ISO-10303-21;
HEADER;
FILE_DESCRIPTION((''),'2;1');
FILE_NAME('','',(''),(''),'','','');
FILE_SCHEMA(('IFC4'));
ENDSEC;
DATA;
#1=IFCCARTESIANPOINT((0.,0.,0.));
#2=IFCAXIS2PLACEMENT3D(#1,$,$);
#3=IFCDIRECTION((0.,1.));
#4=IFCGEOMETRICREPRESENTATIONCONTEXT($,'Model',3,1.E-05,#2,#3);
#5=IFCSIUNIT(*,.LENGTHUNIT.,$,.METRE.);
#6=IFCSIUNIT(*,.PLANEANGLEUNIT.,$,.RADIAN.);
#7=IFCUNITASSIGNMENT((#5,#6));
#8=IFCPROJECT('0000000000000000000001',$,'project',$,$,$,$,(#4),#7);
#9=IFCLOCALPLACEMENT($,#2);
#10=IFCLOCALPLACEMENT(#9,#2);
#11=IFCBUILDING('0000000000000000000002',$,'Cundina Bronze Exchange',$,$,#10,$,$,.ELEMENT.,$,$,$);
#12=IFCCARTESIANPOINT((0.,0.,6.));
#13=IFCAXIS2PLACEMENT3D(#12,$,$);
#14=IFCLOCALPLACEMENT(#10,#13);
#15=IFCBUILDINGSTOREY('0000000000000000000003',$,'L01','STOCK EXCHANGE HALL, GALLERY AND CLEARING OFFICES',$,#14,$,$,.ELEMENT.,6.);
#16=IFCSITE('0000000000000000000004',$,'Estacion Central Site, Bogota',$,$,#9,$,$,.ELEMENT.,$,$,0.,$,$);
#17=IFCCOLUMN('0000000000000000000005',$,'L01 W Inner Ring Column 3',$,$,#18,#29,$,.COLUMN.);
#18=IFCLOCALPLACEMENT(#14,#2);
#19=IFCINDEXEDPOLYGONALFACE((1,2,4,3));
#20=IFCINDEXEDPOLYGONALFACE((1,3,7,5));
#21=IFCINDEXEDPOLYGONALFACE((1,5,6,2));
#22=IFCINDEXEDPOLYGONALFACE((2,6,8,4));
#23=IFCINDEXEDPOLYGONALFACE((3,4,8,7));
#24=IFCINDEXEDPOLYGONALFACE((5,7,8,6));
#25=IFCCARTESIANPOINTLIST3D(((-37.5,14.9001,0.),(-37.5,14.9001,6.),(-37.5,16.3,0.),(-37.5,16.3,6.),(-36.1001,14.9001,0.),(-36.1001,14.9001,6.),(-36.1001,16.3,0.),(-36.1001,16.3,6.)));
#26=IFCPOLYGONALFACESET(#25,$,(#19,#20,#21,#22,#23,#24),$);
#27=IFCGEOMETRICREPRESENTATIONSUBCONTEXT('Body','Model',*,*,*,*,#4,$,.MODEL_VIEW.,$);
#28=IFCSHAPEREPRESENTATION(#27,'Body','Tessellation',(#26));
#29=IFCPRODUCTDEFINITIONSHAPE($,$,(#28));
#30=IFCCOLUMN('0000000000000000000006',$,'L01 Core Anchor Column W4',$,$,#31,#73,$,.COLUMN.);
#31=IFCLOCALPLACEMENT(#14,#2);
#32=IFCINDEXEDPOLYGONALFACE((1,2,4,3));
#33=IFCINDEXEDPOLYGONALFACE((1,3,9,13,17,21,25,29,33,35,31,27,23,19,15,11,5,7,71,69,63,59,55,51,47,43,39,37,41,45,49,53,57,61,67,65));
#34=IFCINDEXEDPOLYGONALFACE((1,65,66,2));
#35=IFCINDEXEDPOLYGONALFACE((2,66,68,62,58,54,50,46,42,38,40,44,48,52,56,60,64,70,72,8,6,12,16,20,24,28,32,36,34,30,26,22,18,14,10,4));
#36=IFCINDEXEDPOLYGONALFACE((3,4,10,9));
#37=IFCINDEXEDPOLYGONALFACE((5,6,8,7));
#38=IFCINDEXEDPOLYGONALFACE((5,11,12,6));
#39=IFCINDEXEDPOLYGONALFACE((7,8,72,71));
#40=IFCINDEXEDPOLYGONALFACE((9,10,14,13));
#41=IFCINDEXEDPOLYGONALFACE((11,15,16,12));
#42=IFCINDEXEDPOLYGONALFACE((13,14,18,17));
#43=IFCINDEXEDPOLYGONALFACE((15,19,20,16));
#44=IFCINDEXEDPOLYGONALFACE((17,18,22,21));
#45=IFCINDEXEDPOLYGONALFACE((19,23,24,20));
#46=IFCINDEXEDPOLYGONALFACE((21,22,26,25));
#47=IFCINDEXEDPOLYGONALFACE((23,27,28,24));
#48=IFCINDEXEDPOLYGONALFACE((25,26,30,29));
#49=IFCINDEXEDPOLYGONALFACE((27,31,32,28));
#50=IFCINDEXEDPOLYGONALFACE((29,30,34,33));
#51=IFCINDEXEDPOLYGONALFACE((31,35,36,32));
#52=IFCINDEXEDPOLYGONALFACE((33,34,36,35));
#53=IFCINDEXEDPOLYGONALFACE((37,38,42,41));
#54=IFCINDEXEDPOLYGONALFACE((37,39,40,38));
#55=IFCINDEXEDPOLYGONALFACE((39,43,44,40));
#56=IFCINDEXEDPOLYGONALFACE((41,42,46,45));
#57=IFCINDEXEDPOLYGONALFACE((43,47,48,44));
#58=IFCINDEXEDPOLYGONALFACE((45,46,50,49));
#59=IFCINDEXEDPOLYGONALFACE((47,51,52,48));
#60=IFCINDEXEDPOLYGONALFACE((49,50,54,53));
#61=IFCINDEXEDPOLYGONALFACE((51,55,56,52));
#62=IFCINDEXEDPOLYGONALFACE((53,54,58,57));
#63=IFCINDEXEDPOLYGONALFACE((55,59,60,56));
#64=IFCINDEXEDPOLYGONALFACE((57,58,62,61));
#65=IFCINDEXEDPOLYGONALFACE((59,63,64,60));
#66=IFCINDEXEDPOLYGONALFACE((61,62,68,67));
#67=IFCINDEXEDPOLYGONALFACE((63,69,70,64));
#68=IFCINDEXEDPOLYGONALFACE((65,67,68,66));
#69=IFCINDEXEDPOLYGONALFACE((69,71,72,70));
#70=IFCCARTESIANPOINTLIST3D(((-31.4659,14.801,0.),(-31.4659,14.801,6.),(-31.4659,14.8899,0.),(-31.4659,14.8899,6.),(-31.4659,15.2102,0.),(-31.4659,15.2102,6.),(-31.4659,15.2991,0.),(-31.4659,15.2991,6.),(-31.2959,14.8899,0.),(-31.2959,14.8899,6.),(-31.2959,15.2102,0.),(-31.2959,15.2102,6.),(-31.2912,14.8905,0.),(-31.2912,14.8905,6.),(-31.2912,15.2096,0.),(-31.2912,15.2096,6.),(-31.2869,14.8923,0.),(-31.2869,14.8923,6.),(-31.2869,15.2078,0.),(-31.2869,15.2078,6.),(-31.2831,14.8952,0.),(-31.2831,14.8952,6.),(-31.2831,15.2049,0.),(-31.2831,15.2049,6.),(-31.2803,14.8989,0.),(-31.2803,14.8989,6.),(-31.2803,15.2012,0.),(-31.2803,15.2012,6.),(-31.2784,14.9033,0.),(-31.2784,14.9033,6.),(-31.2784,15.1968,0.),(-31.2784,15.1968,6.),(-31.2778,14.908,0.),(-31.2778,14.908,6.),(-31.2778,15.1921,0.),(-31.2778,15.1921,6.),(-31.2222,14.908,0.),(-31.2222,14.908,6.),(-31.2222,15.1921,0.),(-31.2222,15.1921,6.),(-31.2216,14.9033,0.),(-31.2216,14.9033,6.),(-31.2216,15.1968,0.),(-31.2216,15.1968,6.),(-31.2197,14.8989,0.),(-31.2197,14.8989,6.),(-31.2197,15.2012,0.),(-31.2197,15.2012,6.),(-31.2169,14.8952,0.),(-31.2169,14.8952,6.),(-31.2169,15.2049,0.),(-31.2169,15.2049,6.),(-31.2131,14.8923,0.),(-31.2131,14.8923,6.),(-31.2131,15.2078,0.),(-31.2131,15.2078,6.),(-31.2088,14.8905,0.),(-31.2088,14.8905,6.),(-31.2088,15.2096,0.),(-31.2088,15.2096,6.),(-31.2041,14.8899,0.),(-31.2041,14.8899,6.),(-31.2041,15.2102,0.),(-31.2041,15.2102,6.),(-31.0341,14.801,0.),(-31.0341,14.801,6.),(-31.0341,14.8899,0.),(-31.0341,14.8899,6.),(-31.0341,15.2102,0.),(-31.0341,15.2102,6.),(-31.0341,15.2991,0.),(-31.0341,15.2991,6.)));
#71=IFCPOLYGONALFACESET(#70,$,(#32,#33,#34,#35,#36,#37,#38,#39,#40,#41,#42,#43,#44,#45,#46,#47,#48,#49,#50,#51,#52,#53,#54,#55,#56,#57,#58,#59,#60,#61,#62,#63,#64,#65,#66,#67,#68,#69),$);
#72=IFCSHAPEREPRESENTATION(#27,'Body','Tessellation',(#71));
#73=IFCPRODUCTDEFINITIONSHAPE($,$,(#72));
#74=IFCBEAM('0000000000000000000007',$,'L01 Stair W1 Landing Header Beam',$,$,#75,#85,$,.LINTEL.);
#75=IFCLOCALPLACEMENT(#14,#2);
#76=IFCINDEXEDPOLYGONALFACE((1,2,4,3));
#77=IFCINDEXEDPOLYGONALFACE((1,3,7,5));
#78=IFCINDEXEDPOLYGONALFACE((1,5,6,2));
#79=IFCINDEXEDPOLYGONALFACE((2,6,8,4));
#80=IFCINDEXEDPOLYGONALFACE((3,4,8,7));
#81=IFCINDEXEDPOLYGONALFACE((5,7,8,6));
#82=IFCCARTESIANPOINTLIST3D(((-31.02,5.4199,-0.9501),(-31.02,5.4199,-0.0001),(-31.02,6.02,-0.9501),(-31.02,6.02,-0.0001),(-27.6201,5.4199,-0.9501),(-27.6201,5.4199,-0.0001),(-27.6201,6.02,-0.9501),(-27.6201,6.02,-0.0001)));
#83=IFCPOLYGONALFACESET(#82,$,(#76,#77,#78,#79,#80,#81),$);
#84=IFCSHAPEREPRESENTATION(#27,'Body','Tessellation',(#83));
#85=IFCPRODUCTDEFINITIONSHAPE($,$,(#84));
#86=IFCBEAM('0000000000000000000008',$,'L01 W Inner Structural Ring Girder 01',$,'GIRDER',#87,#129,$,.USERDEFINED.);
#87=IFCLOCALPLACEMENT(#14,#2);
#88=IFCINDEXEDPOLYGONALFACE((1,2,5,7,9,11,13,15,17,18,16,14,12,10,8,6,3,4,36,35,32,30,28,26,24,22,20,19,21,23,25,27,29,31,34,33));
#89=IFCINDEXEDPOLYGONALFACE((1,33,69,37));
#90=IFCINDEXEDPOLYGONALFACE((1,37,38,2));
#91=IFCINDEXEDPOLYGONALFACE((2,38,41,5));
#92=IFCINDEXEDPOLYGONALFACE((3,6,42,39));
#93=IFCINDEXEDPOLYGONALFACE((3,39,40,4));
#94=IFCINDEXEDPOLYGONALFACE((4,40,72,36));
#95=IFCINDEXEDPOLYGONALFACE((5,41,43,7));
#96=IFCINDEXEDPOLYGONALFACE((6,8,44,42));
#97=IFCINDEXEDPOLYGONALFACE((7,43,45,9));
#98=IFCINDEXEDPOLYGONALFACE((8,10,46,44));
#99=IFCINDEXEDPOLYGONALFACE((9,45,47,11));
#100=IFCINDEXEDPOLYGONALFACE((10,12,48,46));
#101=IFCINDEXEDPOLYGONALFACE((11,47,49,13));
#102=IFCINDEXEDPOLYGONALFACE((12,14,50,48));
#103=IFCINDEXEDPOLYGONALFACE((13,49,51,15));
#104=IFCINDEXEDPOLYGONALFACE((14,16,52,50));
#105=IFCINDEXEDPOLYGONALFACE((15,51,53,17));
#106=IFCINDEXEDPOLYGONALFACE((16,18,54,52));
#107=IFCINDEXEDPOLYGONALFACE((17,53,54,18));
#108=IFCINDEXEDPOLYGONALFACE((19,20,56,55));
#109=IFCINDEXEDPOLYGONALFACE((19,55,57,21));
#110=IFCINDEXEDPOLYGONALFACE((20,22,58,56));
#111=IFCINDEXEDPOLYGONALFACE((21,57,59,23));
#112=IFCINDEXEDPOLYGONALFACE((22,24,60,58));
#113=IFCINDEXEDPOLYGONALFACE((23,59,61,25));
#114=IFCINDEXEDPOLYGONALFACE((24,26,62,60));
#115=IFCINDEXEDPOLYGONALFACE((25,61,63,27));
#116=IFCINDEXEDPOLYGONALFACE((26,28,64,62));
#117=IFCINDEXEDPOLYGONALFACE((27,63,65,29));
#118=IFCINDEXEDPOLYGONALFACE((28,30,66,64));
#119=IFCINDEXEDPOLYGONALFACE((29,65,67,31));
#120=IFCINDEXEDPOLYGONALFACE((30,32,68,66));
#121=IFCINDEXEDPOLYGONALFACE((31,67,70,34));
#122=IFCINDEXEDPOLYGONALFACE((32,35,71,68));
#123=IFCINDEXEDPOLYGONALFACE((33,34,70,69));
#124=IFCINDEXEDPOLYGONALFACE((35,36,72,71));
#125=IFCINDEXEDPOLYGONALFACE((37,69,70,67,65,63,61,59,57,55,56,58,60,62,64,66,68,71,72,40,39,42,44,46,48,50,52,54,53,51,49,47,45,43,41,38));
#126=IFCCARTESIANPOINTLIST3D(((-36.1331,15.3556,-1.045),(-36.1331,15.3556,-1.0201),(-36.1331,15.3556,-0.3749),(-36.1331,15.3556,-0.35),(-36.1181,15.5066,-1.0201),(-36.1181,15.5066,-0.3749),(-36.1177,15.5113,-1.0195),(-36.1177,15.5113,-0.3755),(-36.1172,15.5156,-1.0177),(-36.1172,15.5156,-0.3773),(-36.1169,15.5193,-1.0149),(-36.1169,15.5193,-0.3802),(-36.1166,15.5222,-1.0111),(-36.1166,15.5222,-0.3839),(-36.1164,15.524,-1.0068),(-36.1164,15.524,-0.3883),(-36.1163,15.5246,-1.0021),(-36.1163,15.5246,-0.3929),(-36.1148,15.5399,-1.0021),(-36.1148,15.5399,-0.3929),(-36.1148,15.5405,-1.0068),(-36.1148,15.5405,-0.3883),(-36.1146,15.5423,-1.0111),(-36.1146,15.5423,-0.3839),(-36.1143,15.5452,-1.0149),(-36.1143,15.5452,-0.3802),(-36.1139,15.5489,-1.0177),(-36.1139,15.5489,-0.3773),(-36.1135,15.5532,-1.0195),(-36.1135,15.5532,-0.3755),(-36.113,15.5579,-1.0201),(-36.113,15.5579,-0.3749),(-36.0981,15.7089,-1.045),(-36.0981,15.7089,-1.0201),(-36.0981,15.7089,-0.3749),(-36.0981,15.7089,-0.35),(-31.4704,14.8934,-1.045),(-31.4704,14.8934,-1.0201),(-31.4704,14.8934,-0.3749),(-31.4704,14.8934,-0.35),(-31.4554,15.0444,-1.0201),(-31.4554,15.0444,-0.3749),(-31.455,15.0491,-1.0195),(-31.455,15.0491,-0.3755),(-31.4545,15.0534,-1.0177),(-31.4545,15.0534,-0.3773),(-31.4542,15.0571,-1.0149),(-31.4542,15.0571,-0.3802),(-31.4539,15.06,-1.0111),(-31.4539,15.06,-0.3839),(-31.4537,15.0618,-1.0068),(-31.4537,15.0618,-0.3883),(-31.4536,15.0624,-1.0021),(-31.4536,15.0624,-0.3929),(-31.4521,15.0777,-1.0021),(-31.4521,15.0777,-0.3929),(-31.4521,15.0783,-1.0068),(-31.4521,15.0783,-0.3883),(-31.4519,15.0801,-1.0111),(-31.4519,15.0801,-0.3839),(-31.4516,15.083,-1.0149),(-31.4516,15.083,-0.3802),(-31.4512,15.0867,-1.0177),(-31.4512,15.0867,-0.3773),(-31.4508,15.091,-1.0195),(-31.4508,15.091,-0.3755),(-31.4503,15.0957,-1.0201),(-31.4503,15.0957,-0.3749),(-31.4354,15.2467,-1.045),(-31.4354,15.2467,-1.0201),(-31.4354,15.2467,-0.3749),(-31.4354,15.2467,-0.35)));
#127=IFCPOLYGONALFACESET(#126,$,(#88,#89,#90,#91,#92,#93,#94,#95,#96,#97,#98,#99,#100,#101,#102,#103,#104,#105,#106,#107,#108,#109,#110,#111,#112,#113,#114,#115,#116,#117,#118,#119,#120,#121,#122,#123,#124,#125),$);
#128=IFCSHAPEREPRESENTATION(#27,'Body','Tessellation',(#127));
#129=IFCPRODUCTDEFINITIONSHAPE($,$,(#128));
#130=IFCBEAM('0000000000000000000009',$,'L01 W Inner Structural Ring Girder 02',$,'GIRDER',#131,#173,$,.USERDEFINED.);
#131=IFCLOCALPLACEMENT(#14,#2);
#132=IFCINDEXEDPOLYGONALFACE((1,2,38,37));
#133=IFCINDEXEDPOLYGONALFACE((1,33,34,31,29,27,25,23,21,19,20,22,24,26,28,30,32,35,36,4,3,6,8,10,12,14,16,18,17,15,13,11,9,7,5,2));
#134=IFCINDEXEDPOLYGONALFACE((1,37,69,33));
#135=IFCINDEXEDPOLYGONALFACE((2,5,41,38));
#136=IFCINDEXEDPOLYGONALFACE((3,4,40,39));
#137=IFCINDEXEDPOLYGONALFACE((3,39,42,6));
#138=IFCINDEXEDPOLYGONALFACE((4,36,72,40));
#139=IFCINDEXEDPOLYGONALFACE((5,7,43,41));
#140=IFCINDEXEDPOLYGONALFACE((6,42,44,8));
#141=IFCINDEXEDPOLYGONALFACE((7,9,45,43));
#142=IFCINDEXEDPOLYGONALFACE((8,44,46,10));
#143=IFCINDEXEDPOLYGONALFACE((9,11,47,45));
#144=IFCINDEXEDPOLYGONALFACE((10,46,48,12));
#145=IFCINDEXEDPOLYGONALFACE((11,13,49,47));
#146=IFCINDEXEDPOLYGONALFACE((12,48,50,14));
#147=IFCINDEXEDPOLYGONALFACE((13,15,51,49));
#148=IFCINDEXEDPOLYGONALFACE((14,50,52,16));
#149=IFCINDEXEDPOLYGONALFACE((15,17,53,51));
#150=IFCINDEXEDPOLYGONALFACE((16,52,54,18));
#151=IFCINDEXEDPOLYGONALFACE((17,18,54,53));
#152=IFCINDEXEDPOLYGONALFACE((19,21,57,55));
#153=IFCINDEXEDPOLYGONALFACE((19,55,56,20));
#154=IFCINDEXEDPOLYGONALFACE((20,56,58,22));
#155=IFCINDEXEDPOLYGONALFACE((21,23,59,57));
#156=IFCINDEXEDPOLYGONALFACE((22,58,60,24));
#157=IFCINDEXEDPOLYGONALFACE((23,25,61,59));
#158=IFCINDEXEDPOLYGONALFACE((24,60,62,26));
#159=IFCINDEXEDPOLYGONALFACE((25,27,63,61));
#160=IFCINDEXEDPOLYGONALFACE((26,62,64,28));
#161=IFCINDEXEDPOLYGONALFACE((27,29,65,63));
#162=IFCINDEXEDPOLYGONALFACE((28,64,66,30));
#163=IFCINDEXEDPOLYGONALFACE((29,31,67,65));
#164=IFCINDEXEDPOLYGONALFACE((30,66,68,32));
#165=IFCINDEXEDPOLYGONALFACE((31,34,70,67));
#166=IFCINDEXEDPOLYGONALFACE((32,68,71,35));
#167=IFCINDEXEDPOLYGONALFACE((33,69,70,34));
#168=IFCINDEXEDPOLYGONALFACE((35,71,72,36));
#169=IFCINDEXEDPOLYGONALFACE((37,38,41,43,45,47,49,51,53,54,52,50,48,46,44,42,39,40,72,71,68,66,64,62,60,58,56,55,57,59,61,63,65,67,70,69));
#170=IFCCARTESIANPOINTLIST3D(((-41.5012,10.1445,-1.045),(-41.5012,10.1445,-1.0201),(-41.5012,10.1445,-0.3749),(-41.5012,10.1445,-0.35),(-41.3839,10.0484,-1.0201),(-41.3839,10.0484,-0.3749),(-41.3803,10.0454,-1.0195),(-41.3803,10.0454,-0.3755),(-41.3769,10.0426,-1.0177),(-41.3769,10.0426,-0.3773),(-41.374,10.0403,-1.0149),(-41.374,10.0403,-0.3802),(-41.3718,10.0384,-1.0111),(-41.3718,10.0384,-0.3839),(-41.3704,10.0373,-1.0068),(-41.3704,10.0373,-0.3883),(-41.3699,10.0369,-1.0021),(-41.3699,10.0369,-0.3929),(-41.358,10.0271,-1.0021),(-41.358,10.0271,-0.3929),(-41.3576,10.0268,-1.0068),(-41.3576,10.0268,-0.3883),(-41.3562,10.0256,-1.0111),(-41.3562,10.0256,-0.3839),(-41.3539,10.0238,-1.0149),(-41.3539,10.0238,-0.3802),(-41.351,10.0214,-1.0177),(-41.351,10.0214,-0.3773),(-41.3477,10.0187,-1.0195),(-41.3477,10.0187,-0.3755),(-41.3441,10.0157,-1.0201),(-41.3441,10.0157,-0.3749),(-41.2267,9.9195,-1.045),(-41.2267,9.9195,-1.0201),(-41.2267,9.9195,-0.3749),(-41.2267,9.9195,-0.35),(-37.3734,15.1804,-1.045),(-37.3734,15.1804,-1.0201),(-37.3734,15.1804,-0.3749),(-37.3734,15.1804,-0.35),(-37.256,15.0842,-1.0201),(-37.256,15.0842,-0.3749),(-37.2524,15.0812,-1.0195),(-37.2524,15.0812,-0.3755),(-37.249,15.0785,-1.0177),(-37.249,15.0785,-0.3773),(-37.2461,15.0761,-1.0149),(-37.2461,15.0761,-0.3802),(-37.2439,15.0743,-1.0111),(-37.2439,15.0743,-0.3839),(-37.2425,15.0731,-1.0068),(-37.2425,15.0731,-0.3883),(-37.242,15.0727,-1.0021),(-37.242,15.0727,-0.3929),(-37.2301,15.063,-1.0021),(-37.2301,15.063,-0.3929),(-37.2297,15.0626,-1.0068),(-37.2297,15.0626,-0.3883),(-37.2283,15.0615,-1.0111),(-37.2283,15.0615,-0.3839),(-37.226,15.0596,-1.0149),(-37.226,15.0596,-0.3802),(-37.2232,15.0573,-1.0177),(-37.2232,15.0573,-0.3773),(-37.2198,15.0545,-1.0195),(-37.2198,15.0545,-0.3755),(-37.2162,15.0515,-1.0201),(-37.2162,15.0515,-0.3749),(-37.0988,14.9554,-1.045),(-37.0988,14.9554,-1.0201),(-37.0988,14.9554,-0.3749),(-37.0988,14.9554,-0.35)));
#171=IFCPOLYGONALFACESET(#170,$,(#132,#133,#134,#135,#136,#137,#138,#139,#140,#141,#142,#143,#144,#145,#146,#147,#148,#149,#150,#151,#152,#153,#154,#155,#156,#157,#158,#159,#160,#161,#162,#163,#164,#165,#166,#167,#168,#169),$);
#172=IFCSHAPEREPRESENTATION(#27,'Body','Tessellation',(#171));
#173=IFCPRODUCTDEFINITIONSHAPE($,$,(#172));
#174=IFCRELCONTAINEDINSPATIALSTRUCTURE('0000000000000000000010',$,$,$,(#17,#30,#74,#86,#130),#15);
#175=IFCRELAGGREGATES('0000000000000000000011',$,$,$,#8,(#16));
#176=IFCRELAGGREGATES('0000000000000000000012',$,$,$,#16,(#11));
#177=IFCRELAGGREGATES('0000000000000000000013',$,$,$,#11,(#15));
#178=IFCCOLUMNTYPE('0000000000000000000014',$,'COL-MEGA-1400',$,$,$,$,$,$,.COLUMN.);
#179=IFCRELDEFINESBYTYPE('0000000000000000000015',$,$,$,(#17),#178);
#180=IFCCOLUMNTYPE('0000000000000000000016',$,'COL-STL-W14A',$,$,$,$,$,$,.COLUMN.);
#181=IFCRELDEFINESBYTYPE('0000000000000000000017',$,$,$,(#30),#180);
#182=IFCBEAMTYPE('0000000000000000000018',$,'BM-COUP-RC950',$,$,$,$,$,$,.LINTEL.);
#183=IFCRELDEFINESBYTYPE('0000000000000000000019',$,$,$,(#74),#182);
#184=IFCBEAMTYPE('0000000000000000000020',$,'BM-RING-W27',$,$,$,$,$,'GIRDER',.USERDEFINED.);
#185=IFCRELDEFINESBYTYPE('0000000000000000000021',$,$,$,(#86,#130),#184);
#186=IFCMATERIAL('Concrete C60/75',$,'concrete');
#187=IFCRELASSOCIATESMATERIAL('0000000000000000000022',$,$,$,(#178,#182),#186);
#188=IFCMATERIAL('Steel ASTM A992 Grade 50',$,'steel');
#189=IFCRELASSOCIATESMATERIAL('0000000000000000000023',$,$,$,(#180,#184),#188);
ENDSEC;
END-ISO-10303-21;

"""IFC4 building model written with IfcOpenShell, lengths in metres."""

from ifc_helpers import new_model, si_unit, direction, frame, origin, origin_2d, place, context, subcontext, project, spatial, rectangle, i_section, extrude, material, material_profile, profile_set, type_object, element, save


model = new_model("IFC4")

# Units and contexts
model_context = context("Model", 3, precision=1e-05, world=origin(), true_north=direction((0.0, 1.0)))
body_context = subcontext(model_context, "Body", "Model", "MODEL_VIEW")
ifc_project = project(units=[si_unit("LENGTHUNIT", "METRE"), si_unit("PLANEANGLEUNIT", "RADIAN")], contexts=[model_context])

# Site, building, storey
site_placement = place(None, origin())
site = spatial("IfcSite", under=ifc_project, at=site_placement, Name="Estacion Central Site, Bogota", CompositionType="ELEMENT", RefElevation=0.0)
building_placement = place(site_placement, origin())
building = spatial("IfcBuilding", under=site, at=building_placement, Name="Cundina Bronze Exchange", CompositionType="ELEMENT")
storey_placement = place(building_placement, frame((0.0, 0.0, 6.0)))
storey = spatial("IfcBuildingStorey", under=building, at=storey_placement, Name="L01", Description="STOCK EXCHANGE HALL, GALLERY AND CLEARING OFFICES", CompositionType="ELEMENT", Elevation=6.0)

# Columns
ifc_material_1 = material(Name="Concrete C60/75", Category="concrete")
ifc_material_profile_1 = material_profile(ifc_material_1, rectangle(XDim=1.3999, YDim=1.3999, at=origin_2d()), Name="RC1400X1400", Category="concrete")
ifc_profile_set_1 = profile_set([ifc_material_profile_1], Name="Concrete C60/75")
column_type_1 = type_object("IfcColumnType", Name="COL-MEGA-1400", PredefinedType="COLUMN", material=ifc_profile_set_1)
column_1_placement = place(storey_placement, frame((-36.8, 15.6001, 0.0), z_axis=(0.0, 0.0, 1.0), x_axis=(1.0, 0.0, 0.0)))
element("IfcColumn", 1, at=column_1_placement, inside=storey, type_object=column_type_1, Name="L01 W Inner Ring Column 3", PredefinedType="COLUMN", context=body_context, shape_type="SweptSolid", body=[
    extrude(rectangle(XDim=1.3999, YDim=1.3999, at=origin_2d()), origin(), (0.0, 0.0, 1.0), 6.0),
])
ifc_material_2 = material(Name="Steel ASTM A992 Grade 50", Category="steel")
ifc_material_profile_2 = material_profile(ifc_material_2, i_section(OverallWidth=0.4319, OverallDepth=0.498, WebThickness=0.0557, FlangeThickness=0.0889, FilletRadius=0.0181, at=origin_2d()), Name="W14X500", Category="steel")
ifc_profile_set_2 = profile_set([ifc_material_profile_2], Name="Steel ASTM A992 Grade 50")
column_type_2 = type_object("IfcColumnType", Name="COL-STL-W14A", PredefinedType="COLUMN", material=ifc_profile_set_2)
column_2_placement = place(storey_placement, frame((-31.25, 15.05, 0.0), z_axis=(0.0, 0.0, 1.0), x_axis=(1.0, 0.0, 0.0)))
element("IfcColumn", 2, at=column_2_placement, inside=storey, type_object=column_type_2, Name="L01 Core Anchor Column W4", PredefinedType="COLUMN", context=body_context, shape_type="SweptSolid", body=[
    extrude(i_section(OverallWidth=0.4319, OverallDepth=0.498, WebThickness=0.0557, FlangeThickness=0.0889, FilletRadius=0.0181, at=origin_2d()), origin(), (0.0, 0.0, 1.0), 6.0),
])

# Beams
ifc_material_profile_3 = material_profile(ifc_material_1, rectangle(XDim=0.6001, YDim=0.95, at=origin_2d()), Name="RC600X950", Category="concrete")
ifc_profile_set_3 = profile_set([ifc_material_profile_3], Name="Concrete C60/75")
beam_type_1 = type_object("IfcBeamType", Name="BM-COUP-RC950", PredefinedType="LINTEL", material=ifc_profile_set_3)
beam_1_placement = place(storey_placement, frame((-31.02, 5.72, -0.4751), z_axis=(1.0, 0.0, 0.0), x_axis=(0.0, 1.0, 0.0)))
element("IfcBeam", 3, at=beam_1_placement, inside=storey, type_object=beam_type_1, Name="L01 Stair W1 Landing Header Beam", PredefinedType="LINTEL", context=body_context, shape_type="SweptSolid", body=[
    extrude(rectangle(XDim=0.6001, YDim=0.95, at=origin_2d()), origin(), (0.0, 0.0, 1.0), 3.3999),
])
ifc_material_profile_4 = material_profile(ifc_material_2, i_section(OverallWidth=0.355, OverallDepth=0.6951, WebThickness=0.0154, FlangeThickness=0.0249, FilletRadius=0.0181, at=origin_2d()), Name="W27X146", Category="steel")
ifc_profile_set_4 = profile_set([ifc_material_profile_4], Name="Steel ASTM A992 Grade 50")
beam_type_2 = type_object("IfcBeamType", Name="BM-RING-W27", ElementType="GIRDER", PredefinedType="USERDEFINED", material=ifc_profile_set_4)
beam_2_placement = place(storey_placement, frame((-31.4529, 15.0701, -0.6975), z_axis=(-0.995123, 0.098637, 0.0), x_axis=(-0.098637, -0.995123, 0.0)))
element("IfcBeam", 4, at=beam_2_placement, inside=storey, type_object=beam_type_2, Name="L01 W Inner Structural Ring Girder 01", ObjectType="GIRDER", PredefinedType="USERDEFINED", context=body_context, shape_type="SweptSolid", body=[
    extrude(i_section(OverallWidth=0.355, OverallDepth=0.6951, WebThickness=0.0154, FlangeThickness=0.0249, FilletRadius=0.0181, at=origin_2d()), origin(), (0.0, 0.0, 1.0), 4.6855),
])
beam_3_placement = place(storey_placement, frame((-37.2361, 15.0679, -0.6975), z_axis=(-0.633942, -0.773381, 0.0), x_axis=(0.773381, -0.633942, 0.0)))
element("IfcBeam", 5, at=beam_3_placement, inside=storey, type_object=beam_type_2, Name="L01 W Inner Structural Ring Girder 02", ObjectType="GIRDER", PredefinedType="USERDEFINED", context=body_context, shape_type="SweptSolid", body=[
    extrude(i_section(OverallWidth=0.355, OverallDepth=0.6951, WebThickness=0.0154, FlangeThickness=0.0249, FilletRadius=0.0181, at=origin_2d()), origin(), (0.0, 0.0, 1.0), 6.5115),
])

save(model, "model.ifc")
